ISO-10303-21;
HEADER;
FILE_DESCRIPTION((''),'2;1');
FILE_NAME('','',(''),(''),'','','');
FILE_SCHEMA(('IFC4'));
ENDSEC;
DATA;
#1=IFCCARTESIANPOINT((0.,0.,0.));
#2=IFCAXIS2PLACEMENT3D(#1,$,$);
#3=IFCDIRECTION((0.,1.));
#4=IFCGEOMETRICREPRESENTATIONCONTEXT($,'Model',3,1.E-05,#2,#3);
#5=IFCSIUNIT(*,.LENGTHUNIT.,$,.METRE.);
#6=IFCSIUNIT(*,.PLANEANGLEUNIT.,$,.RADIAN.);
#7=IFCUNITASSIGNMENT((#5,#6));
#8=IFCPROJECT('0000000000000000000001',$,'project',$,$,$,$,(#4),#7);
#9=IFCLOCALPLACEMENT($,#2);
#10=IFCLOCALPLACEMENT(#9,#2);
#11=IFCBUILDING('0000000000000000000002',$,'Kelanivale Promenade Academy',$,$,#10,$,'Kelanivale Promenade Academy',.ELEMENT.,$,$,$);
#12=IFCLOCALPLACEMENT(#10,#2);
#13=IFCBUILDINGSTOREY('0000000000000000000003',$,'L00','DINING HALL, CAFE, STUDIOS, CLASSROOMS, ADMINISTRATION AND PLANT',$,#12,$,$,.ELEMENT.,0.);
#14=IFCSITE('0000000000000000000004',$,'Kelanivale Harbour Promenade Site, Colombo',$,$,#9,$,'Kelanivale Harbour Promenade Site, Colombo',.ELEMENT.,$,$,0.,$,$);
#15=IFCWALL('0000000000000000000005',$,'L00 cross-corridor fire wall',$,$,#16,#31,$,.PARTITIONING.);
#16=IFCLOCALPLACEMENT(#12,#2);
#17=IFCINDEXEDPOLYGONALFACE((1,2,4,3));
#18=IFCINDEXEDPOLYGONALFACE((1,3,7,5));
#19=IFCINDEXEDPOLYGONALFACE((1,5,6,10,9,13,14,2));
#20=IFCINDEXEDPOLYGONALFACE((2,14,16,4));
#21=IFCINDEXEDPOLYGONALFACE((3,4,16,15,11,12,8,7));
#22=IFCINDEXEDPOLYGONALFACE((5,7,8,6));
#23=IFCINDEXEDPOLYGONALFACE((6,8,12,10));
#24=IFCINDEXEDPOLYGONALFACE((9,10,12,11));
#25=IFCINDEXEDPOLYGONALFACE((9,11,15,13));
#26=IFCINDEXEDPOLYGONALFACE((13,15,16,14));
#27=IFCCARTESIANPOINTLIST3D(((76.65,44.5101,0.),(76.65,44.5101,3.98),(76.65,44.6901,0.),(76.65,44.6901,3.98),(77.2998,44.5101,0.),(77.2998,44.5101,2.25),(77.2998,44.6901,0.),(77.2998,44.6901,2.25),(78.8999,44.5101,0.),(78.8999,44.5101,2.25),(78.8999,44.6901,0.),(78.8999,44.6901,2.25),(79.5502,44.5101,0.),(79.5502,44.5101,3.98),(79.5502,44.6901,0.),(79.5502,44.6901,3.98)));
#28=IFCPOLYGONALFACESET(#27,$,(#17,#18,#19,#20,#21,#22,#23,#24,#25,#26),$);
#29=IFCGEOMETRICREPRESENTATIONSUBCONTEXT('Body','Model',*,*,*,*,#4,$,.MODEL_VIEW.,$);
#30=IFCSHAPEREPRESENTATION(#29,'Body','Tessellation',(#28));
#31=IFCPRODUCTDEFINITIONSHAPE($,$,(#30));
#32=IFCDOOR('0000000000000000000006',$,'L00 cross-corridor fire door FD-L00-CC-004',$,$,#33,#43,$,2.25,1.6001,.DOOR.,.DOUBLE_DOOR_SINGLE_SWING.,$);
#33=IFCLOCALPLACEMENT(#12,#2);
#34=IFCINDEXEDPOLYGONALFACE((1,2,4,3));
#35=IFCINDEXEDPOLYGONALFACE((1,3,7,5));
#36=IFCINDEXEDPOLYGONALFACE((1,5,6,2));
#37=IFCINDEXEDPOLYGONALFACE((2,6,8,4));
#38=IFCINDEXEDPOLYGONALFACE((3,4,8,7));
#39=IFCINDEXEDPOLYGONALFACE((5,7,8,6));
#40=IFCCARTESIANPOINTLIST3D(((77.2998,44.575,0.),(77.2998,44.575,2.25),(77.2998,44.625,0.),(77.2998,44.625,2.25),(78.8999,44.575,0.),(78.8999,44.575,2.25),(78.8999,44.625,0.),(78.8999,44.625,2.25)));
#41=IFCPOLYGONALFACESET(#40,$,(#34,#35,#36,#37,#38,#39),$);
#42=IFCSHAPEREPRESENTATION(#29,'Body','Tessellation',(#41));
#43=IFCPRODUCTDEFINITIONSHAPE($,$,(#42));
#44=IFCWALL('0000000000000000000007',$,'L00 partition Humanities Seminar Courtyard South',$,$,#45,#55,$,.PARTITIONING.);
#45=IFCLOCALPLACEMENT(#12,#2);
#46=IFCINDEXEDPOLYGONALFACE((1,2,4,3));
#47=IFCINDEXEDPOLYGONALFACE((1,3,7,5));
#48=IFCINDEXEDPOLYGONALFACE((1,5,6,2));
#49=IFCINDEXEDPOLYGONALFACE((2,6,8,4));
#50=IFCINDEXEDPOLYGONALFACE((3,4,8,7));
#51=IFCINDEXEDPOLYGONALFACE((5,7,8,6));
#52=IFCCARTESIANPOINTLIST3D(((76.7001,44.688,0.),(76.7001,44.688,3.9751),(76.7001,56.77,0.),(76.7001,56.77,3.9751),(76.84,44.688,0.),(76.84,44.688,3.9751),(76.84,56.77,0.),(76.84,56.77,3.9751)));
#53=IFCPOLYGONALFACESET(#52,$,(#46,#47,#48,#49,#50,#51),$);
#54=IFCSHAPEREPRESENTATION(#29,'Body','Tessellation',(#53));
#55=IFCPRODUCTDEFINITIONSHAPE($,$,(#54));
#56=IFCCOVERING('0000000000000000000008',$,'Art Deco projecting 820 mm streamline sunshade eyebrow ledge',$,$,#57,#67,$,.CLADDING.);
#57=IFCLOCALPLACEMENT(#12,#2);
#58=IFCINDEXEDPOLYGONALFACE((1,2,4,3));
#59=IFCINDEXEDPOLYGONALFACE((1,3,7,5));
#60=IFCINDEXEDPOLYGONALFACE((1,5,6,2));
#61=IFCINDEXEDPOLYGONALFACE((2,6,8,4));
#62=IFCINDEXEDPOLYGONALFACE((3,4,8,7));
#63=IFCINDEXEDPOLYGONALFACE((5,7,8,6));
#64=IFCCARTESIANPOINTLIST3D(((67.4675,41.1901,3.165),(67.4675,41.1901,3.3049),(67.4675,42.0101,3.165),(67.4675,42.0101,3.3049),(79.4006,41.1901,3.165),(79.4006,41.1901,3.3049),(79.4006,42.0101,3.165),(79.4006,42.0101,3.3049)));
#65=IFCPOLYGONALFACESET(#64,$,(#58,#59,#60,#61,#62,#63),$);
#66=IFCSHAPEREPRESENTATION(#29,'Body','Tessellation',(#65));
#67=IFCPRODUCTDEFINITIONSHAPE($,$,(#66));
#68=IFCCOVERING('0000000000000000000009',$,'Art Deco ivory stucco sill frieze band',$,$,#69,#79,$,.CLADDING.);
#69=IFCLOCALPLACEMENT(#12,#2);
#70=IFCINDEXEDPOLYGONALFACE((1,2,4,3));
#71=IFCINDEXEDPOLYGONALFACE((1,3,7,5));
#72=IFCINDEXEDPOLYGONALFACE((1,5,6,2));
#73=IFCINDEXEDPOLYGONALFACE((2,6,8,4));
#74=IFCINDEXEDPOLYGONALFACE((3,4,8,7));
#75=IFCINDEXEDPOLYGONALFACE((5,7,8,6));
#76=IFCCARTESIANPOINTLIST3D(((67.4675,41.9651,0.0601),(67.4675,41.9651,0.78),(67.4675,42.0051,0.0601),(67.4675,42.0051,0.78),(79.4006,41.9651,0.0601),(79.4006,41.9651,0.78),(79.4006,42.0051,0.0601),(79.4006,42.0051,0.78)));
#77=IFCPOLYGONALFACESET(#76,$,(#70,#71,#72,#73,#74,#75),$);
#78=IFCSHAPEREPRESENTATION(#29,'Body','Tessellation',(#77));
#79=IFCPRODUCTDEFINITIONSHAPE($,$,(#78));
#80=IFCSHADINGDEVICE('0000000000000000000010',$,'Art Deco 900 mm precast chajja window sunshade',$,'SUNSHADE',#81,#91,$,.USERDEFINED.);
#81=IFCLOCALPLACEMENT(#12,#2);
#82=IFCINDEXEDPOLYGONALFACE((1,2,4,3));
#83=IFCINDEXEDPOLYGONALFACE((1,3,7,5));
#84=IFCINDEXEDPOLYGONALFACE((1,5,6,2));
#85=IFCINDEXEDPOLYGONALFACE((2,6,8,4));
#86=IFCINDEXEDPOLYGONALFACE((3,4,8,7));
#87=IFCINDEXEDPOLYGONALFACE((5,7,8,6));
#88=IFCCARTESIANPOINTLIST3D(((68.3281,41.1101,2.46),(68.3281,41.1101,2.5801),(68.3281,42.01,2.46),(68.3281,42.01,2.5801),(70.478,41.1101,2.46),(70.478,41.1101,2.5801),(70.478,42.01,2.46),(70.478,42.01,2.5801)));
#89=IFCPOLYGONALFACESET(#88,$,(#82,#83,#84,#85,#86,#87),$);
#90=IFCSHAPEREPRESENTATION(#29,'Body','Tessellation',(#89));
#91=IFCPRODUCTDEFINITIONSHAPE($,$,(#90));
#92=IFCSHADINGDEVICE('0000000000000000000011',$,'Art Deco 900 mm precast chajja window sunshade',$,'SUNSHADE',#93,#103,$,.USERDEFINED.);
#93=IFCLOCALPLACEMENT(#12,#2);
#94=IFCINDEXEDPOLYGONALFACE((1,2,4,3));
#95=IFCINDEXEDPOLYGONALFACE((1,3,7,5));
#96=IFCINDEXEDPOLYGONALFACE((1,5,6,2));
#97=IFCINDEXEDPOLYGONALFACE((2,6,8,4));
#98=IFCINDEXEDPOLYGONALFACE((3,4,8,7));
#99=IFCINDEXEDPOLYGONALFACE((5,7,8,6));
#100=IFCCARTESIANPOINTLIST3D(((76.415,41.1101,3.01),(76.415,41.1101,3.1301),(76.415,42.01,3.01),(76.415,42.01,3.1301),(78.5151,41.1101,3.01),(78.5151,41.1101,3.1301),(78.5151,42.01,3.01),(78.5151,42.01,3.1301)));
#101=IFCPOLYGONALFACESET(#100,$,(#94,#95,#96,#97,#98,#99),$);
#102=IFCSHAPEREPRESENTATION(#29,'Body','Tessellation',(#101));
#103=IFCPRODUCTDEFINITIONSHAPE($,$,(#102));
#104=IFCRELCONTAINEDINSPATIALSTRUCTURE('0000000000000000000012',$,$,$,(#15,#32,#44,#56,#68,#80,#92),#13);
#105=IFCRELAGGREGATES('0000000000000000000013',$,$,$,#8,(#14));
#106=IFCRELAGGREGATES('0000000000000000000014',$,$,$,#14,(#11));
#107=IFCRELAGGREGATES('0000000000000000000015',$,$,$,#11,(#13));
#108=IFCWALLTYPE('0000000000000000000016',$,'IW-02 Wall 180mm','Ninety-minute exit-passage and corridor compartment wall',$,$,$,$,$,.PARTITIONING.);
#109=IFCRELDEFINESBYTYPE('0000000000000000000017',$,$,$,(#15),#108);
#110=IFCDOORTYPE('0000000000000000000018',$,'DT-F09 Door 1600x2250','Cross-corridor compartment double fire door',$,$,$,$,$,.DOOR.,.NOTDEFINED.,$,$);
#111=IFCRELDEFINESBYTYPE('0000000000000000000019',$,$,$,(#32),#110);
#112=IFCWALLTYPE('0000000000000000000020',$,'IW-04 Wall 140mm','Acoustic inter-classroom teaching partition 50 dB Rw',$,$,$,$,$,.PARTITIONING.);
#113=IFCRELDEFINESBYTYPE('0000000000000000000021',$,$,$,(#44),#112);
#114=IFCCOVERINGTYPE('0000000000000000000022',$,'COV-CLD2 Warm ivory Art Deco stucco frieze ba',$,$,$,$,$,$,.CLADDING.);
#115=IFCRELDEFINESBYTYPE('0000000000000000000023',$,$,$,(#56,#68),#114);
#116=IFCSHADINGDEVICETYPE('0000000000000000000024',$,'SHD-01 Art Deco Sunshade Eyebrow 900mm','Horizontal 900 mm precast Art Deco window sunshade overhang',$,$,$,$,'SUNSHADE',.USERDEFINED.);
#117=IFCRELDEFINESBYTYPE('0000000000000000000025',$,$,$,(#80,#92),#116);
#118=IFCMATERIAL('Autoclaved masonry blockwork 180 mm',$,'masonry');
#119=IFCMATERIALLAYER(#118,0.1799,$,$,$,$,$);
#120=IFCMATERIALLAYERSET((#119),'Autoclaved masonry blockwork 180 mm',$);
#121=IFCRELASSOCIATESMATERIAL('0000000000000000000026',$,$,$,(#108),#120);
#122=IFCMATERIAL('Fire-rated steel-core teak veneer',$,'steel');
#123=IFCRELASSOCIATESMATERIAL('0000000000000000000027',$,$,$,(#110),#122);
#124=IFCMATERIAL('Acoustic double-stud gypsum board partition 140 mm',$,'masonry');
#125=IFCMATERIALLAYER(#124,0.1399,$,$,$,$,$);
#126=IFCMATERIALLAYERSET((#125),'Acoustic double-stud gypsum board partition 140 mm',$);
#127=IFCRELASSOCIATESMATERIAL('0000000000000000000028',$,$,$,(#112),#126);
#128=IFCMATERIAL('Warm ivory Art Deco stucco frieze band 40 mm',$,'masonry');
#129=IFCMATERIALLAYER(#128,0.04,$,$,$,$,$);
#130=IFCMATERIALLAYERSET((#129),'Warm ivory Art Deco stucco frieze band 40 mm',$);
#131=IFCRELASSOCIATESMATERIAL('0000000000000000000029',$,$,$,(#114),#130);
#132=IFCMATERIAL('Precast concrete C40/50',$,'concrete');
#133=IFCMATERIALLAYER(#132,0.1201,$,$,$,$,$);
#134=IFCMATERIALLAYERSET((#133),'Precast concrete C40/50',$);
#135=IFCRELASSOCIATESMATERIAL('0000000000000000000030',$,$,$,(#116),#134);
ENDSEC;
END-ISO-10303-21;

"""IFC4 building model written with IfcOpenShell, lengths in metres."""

from ifc_helpers import new_model, si_unit, direction, frame, frame_2d, origin, origin_2d, place, context, subcontext, project, spatial, rectangle, extrude, material, layer, layer_set, type_object, element, fill, save


model = new_model("IFC4")

# Units and contexts
model_context = context("Model", 3, precision=1e-05, world=origin(), true_north=direction((0.0, 1.0)))
body_context = subcontext(model_context, "Body", "Model", "MODEL_VIEW")
ifc_project = project(units=[si_unit("LENGTHUNIT", "METRE"), si_unit("PLANEANGLEUNIT", "RADIAN")], contexts=[model_context])

# Site, building, storey
site_placement = place(None, origin())
site = spatial("IfcSite", under=ifc_project, at=site_placement, Name="Kelanivale Harbour Promenade Site, Colombo", LongName="Kelanivale Harbour Promenade Site, Colombo", CompositionType="ELEMENT", RefElevation=0.0)
building_placement = place(site_placement, origin())
building = spatial("IfcBuilding", under=site, at=building_placement, Name="Kelanivale Promenade Academy", LongName="Kelanivale Promenade Academy", CompositionType="ELEMENT")
storey_placement = place(building_placement, origin())
storey = spatial("IfcBuildingStorey", under=building, at=storey_placement, Name="L00", Description="DINING HALL, CAFE, STUDIOS, CLASSROOMS, ADMINISTRATION AND PLANT", CompositionType="ELEMENT", Elevation=0.0)

# Shared definitions
ifc_material_1 = material(Name="Fire-rated steel-core teak veneer", Category="steel")

# Wall, opening, door
ifc_material_2 = material(Name="Autoclaved masonry blockwork 180 mm", Category="masonry")
ifc_layer_1 = layer(ifc_material_2, 0.1799)
ifc_layer_set_1 = layer_set([ifc_layer_1], Name="Autoclaved masonry blockwork 180 mm")
wall_type_1 = type_object("IfcWallType", Name="IW-02 Wall 180mm", Description="Ninety-minute exit-passage and corridor compartment wall", PredefinedType="PARTITIONING", material=ifc_layer_set_1)
wall_1_placement = place(storey_placement, frame((76.6499, 44.6001, 0.0), z_axis=(0.0, 0.0, 1.0), x_axis=(1.0, 0.0, 0.0)))
wall_1 = element("IfcWall", 1, at=wall_1_placement, inside=storey, type_object=wall_type_1, Name="L00 cross-corridor fire wall", PredefinedType="PARTITIONING", context=body_context, shape_type="SweptSolid", body=[
    extrude(rectangle(XDim=2.9001, YDim=0.1799, at=frame_2d((1.4502, 0.0))), origin(), (0.0, 0.0, 1.0), 3.98),
])
opening_1_placement = place(wall_1_placement, frame((0.6499, 0.0, 0.0)))
opening_1 = element("IfcOpeningElement", 2, at=opening_1_placement, cuts=wall_1, PredefinedType="OPENING", context=body_context, shape_type="SweptSolid", body=[
    extrude(rectangle(XDim=1.6001, YDim=2.25, at=frame_2d((0.8, 1.125))), frame((0.0, 0.1001, 0.0), z_axis=(0.0, -1.0, 0.0), x_axis=(1.0, 0.0, 0.0)), (0.0, 0.0, 1.0), 0.2),
])
door_type_1 = type_object("IfcDoorType", Name="DT-F09 Door 1600x2250", Description="Cross-corridor compartment double fire door", OperationType="NOTDEFINED", PredefinedType="DOOR", material=ifc_material_1)
door_1_placement = place(opening_1_placement, origin())
door_1 = element("IfcDoor", 3, at=door_1_placement, inside=storey, type_object=door_type_1, Name="L00 cross-corridor fire door FD-L00-CC-004", OperationType="DOUBLE_DOOR_SINGLE_SWING", OverallHeight=2.25, OverallWidth=1.6001, PredefinedType="DOOR", context=body_context, shape_type="SweptSolid", body=[
    extrude(rectangle(XDim=1.6001, YDim=2.25, at=frame_2d((0.8, 1.125))), frame((0.0, 0.0249, 0.0), z_axis=(0.0, -1.0, 0.0), x_axis=(1.0, 0.0, 0.0)), (0.0, 0.0, 1.0), 0.05),
])
fill(opening_1, door_1)

# Wall
ifc_material_3 = material(Name="Acoustic double-stud gypsum board partition 140 mm", Category="masonry")
ifc_layer_2 = layer(ifc_material_3, 0.1399)
ifc_layer_set_2 = layer_set([ifc_layer_2], Name="Acoustic double-stud gypsum board partition 140 mm")
wall_type_2 = type_object("IfcWallType", Name="IW-04 Wall 140mm", Description="Acoustic inter-classroom teaching partition 50 dB Rw", PredefinedType="PARTITIONING", material=ifc_layer_set_2)
wall_2_placement = place(storey_placement, frame((76.77, 44.688, 0.0), z_axis=(0.0, 0.0, 1.0), x_axis=(0.0, 1.0, 0.0)))
element("IfcWall", 4, at=wall_2_placement, inside=storey, type_object=wall_type_2, Name="L00 partition Humanities Seminar Courtyard South", PredefinedType="PARTITIONING", context=body_context, shape_type="SweptSolid", body=[
    extrude(rectangle(XDim=12.082, YDim=0.1399, at=frame_2d((6.041, 0.0))), origin(), (0.0, 0.0, 1.0), 3.9751),
])

# Coverings
ifc_material_4 = material(Name="Warm ivory Art Deco stucco frieze band 40 mm", Category="masonry")
ifc_layer_3 = layer(ifc_material_4, 0.04)
ifc_layer_set_3 = layer_set([ifc_layer_3], Name="Warm ivory Art Deco stucco frieze band 40 mm")
covering_type = type_object("IfcCoveringType", Name="COV-CLD2 Warm ivory Art Deco stucco frieze ba", PredefinedType="CLADDING", material=ifc_layer_set_3)
covering_1_placement = place(storey_placement, frame((73.4341, 41.6001, 3.165), z_axis=(0.0, 0.0, 1.0), x_axis=(1.0, 0.0, 0.0)))
element("IfcCovering", 5, at=covering_1_placement, inside=storey, type_object=covering_type, Name="Art Deco projecting 820 mm streamline sunshade eyebrow ledge", PredefinedType="CLADDING", context=body_context, shape_type="SweptSolid", body=[
    extrude(rectangle(XDim=11.9331, YDim=0.8201, at=origin_2d()), origin(), (0.0, 0.0, 1.0), 0.1399),
])
covering_2_placement = place(storey_placement, frame((73.4341, 41.9851, 0.0601), z_axis=(0.0, 0.0, 1.0), x_axis=(1.0, 0.0, 0.0)))
element("IfcCovering", 6, at=covering_2_placement, inside=storey, type_object=covering_type, Name="Art Deco ivory stucco sill frieze band", PredefinedType="CLADDING", context=body_context, shape_type="SweptSolid", body=[
    extrude(rectangle(XDim=11.9331, YDim=0.04, at=origin_2d()), origin(), (0.0, 0.0, 1.0), 0.72),
])

# Shading devices
ifc_material_5 = material(Name="Precast concrete C40/50", Category="concrete")
ifc_layer_4 = layer(ifc_material_5, 0.1201)
ifc_layer_set_4 = layer_set([ifc_layer_4], Name="Precast concrete C40/50")
shading_device_type = type_object("IfcShadingDeviceType", Name="SHD-01 Art Deco Sunshade Eyebrow 900mm", Description="Horizontal 900 mm precast Art Deco window sunshade overhang", ElementType="SUNSHADE", PredefinedType="USERDEFINED", material=ifc_layer_set_4)
shading_device_1_placement = place(storey_placement, frame((69.4031, 41.5601, 2.46), z_axis=(0.0, 0.0, 1.0), x_axis=(1.0, 0.0, 0.0)))
element("IfcShadingDevice", 7, at=shading_device_1_placement, inside=storey, type_object=shading_device_type, Name="Art Deco 900 mm precast chajja window sunshade", ObjectType="SUNSHADE", PredefinedType="USERDEFINED", context=body_context, shape_type="SweptSolid", body=[
    extrude(rectangle(XDim=2.1499, YDim=0.8999, at=origin_2d()), origin(), (0.0, 0.0, 1.0), 0.1201),
])
shading_device_2_placement = place(storey_placement, frame((77.4651, 41.5601, 3.01), z_axis=(0.0, 0.0, 1.0), x_axis=(1.0, 0.0, 0.0)))
element("IfcShadingDevice", 8, at=shading_device_2_placement, inside=storey, type_object=shading_device_type, Name="Art Deco 900 mm precast chajja window sunshade", ObjectType="SUNSHADE", PredefinedType="USERDEFINED", context=body_context, shape_type="SweptSolid", body=[
    extrude(rectangle(XDim=2.1001, YDim=0.8999, at=origin_2d()), origin(), (0.0, 0.0, 1.0), 0.1201),
])

save(model, "model.ifc")
